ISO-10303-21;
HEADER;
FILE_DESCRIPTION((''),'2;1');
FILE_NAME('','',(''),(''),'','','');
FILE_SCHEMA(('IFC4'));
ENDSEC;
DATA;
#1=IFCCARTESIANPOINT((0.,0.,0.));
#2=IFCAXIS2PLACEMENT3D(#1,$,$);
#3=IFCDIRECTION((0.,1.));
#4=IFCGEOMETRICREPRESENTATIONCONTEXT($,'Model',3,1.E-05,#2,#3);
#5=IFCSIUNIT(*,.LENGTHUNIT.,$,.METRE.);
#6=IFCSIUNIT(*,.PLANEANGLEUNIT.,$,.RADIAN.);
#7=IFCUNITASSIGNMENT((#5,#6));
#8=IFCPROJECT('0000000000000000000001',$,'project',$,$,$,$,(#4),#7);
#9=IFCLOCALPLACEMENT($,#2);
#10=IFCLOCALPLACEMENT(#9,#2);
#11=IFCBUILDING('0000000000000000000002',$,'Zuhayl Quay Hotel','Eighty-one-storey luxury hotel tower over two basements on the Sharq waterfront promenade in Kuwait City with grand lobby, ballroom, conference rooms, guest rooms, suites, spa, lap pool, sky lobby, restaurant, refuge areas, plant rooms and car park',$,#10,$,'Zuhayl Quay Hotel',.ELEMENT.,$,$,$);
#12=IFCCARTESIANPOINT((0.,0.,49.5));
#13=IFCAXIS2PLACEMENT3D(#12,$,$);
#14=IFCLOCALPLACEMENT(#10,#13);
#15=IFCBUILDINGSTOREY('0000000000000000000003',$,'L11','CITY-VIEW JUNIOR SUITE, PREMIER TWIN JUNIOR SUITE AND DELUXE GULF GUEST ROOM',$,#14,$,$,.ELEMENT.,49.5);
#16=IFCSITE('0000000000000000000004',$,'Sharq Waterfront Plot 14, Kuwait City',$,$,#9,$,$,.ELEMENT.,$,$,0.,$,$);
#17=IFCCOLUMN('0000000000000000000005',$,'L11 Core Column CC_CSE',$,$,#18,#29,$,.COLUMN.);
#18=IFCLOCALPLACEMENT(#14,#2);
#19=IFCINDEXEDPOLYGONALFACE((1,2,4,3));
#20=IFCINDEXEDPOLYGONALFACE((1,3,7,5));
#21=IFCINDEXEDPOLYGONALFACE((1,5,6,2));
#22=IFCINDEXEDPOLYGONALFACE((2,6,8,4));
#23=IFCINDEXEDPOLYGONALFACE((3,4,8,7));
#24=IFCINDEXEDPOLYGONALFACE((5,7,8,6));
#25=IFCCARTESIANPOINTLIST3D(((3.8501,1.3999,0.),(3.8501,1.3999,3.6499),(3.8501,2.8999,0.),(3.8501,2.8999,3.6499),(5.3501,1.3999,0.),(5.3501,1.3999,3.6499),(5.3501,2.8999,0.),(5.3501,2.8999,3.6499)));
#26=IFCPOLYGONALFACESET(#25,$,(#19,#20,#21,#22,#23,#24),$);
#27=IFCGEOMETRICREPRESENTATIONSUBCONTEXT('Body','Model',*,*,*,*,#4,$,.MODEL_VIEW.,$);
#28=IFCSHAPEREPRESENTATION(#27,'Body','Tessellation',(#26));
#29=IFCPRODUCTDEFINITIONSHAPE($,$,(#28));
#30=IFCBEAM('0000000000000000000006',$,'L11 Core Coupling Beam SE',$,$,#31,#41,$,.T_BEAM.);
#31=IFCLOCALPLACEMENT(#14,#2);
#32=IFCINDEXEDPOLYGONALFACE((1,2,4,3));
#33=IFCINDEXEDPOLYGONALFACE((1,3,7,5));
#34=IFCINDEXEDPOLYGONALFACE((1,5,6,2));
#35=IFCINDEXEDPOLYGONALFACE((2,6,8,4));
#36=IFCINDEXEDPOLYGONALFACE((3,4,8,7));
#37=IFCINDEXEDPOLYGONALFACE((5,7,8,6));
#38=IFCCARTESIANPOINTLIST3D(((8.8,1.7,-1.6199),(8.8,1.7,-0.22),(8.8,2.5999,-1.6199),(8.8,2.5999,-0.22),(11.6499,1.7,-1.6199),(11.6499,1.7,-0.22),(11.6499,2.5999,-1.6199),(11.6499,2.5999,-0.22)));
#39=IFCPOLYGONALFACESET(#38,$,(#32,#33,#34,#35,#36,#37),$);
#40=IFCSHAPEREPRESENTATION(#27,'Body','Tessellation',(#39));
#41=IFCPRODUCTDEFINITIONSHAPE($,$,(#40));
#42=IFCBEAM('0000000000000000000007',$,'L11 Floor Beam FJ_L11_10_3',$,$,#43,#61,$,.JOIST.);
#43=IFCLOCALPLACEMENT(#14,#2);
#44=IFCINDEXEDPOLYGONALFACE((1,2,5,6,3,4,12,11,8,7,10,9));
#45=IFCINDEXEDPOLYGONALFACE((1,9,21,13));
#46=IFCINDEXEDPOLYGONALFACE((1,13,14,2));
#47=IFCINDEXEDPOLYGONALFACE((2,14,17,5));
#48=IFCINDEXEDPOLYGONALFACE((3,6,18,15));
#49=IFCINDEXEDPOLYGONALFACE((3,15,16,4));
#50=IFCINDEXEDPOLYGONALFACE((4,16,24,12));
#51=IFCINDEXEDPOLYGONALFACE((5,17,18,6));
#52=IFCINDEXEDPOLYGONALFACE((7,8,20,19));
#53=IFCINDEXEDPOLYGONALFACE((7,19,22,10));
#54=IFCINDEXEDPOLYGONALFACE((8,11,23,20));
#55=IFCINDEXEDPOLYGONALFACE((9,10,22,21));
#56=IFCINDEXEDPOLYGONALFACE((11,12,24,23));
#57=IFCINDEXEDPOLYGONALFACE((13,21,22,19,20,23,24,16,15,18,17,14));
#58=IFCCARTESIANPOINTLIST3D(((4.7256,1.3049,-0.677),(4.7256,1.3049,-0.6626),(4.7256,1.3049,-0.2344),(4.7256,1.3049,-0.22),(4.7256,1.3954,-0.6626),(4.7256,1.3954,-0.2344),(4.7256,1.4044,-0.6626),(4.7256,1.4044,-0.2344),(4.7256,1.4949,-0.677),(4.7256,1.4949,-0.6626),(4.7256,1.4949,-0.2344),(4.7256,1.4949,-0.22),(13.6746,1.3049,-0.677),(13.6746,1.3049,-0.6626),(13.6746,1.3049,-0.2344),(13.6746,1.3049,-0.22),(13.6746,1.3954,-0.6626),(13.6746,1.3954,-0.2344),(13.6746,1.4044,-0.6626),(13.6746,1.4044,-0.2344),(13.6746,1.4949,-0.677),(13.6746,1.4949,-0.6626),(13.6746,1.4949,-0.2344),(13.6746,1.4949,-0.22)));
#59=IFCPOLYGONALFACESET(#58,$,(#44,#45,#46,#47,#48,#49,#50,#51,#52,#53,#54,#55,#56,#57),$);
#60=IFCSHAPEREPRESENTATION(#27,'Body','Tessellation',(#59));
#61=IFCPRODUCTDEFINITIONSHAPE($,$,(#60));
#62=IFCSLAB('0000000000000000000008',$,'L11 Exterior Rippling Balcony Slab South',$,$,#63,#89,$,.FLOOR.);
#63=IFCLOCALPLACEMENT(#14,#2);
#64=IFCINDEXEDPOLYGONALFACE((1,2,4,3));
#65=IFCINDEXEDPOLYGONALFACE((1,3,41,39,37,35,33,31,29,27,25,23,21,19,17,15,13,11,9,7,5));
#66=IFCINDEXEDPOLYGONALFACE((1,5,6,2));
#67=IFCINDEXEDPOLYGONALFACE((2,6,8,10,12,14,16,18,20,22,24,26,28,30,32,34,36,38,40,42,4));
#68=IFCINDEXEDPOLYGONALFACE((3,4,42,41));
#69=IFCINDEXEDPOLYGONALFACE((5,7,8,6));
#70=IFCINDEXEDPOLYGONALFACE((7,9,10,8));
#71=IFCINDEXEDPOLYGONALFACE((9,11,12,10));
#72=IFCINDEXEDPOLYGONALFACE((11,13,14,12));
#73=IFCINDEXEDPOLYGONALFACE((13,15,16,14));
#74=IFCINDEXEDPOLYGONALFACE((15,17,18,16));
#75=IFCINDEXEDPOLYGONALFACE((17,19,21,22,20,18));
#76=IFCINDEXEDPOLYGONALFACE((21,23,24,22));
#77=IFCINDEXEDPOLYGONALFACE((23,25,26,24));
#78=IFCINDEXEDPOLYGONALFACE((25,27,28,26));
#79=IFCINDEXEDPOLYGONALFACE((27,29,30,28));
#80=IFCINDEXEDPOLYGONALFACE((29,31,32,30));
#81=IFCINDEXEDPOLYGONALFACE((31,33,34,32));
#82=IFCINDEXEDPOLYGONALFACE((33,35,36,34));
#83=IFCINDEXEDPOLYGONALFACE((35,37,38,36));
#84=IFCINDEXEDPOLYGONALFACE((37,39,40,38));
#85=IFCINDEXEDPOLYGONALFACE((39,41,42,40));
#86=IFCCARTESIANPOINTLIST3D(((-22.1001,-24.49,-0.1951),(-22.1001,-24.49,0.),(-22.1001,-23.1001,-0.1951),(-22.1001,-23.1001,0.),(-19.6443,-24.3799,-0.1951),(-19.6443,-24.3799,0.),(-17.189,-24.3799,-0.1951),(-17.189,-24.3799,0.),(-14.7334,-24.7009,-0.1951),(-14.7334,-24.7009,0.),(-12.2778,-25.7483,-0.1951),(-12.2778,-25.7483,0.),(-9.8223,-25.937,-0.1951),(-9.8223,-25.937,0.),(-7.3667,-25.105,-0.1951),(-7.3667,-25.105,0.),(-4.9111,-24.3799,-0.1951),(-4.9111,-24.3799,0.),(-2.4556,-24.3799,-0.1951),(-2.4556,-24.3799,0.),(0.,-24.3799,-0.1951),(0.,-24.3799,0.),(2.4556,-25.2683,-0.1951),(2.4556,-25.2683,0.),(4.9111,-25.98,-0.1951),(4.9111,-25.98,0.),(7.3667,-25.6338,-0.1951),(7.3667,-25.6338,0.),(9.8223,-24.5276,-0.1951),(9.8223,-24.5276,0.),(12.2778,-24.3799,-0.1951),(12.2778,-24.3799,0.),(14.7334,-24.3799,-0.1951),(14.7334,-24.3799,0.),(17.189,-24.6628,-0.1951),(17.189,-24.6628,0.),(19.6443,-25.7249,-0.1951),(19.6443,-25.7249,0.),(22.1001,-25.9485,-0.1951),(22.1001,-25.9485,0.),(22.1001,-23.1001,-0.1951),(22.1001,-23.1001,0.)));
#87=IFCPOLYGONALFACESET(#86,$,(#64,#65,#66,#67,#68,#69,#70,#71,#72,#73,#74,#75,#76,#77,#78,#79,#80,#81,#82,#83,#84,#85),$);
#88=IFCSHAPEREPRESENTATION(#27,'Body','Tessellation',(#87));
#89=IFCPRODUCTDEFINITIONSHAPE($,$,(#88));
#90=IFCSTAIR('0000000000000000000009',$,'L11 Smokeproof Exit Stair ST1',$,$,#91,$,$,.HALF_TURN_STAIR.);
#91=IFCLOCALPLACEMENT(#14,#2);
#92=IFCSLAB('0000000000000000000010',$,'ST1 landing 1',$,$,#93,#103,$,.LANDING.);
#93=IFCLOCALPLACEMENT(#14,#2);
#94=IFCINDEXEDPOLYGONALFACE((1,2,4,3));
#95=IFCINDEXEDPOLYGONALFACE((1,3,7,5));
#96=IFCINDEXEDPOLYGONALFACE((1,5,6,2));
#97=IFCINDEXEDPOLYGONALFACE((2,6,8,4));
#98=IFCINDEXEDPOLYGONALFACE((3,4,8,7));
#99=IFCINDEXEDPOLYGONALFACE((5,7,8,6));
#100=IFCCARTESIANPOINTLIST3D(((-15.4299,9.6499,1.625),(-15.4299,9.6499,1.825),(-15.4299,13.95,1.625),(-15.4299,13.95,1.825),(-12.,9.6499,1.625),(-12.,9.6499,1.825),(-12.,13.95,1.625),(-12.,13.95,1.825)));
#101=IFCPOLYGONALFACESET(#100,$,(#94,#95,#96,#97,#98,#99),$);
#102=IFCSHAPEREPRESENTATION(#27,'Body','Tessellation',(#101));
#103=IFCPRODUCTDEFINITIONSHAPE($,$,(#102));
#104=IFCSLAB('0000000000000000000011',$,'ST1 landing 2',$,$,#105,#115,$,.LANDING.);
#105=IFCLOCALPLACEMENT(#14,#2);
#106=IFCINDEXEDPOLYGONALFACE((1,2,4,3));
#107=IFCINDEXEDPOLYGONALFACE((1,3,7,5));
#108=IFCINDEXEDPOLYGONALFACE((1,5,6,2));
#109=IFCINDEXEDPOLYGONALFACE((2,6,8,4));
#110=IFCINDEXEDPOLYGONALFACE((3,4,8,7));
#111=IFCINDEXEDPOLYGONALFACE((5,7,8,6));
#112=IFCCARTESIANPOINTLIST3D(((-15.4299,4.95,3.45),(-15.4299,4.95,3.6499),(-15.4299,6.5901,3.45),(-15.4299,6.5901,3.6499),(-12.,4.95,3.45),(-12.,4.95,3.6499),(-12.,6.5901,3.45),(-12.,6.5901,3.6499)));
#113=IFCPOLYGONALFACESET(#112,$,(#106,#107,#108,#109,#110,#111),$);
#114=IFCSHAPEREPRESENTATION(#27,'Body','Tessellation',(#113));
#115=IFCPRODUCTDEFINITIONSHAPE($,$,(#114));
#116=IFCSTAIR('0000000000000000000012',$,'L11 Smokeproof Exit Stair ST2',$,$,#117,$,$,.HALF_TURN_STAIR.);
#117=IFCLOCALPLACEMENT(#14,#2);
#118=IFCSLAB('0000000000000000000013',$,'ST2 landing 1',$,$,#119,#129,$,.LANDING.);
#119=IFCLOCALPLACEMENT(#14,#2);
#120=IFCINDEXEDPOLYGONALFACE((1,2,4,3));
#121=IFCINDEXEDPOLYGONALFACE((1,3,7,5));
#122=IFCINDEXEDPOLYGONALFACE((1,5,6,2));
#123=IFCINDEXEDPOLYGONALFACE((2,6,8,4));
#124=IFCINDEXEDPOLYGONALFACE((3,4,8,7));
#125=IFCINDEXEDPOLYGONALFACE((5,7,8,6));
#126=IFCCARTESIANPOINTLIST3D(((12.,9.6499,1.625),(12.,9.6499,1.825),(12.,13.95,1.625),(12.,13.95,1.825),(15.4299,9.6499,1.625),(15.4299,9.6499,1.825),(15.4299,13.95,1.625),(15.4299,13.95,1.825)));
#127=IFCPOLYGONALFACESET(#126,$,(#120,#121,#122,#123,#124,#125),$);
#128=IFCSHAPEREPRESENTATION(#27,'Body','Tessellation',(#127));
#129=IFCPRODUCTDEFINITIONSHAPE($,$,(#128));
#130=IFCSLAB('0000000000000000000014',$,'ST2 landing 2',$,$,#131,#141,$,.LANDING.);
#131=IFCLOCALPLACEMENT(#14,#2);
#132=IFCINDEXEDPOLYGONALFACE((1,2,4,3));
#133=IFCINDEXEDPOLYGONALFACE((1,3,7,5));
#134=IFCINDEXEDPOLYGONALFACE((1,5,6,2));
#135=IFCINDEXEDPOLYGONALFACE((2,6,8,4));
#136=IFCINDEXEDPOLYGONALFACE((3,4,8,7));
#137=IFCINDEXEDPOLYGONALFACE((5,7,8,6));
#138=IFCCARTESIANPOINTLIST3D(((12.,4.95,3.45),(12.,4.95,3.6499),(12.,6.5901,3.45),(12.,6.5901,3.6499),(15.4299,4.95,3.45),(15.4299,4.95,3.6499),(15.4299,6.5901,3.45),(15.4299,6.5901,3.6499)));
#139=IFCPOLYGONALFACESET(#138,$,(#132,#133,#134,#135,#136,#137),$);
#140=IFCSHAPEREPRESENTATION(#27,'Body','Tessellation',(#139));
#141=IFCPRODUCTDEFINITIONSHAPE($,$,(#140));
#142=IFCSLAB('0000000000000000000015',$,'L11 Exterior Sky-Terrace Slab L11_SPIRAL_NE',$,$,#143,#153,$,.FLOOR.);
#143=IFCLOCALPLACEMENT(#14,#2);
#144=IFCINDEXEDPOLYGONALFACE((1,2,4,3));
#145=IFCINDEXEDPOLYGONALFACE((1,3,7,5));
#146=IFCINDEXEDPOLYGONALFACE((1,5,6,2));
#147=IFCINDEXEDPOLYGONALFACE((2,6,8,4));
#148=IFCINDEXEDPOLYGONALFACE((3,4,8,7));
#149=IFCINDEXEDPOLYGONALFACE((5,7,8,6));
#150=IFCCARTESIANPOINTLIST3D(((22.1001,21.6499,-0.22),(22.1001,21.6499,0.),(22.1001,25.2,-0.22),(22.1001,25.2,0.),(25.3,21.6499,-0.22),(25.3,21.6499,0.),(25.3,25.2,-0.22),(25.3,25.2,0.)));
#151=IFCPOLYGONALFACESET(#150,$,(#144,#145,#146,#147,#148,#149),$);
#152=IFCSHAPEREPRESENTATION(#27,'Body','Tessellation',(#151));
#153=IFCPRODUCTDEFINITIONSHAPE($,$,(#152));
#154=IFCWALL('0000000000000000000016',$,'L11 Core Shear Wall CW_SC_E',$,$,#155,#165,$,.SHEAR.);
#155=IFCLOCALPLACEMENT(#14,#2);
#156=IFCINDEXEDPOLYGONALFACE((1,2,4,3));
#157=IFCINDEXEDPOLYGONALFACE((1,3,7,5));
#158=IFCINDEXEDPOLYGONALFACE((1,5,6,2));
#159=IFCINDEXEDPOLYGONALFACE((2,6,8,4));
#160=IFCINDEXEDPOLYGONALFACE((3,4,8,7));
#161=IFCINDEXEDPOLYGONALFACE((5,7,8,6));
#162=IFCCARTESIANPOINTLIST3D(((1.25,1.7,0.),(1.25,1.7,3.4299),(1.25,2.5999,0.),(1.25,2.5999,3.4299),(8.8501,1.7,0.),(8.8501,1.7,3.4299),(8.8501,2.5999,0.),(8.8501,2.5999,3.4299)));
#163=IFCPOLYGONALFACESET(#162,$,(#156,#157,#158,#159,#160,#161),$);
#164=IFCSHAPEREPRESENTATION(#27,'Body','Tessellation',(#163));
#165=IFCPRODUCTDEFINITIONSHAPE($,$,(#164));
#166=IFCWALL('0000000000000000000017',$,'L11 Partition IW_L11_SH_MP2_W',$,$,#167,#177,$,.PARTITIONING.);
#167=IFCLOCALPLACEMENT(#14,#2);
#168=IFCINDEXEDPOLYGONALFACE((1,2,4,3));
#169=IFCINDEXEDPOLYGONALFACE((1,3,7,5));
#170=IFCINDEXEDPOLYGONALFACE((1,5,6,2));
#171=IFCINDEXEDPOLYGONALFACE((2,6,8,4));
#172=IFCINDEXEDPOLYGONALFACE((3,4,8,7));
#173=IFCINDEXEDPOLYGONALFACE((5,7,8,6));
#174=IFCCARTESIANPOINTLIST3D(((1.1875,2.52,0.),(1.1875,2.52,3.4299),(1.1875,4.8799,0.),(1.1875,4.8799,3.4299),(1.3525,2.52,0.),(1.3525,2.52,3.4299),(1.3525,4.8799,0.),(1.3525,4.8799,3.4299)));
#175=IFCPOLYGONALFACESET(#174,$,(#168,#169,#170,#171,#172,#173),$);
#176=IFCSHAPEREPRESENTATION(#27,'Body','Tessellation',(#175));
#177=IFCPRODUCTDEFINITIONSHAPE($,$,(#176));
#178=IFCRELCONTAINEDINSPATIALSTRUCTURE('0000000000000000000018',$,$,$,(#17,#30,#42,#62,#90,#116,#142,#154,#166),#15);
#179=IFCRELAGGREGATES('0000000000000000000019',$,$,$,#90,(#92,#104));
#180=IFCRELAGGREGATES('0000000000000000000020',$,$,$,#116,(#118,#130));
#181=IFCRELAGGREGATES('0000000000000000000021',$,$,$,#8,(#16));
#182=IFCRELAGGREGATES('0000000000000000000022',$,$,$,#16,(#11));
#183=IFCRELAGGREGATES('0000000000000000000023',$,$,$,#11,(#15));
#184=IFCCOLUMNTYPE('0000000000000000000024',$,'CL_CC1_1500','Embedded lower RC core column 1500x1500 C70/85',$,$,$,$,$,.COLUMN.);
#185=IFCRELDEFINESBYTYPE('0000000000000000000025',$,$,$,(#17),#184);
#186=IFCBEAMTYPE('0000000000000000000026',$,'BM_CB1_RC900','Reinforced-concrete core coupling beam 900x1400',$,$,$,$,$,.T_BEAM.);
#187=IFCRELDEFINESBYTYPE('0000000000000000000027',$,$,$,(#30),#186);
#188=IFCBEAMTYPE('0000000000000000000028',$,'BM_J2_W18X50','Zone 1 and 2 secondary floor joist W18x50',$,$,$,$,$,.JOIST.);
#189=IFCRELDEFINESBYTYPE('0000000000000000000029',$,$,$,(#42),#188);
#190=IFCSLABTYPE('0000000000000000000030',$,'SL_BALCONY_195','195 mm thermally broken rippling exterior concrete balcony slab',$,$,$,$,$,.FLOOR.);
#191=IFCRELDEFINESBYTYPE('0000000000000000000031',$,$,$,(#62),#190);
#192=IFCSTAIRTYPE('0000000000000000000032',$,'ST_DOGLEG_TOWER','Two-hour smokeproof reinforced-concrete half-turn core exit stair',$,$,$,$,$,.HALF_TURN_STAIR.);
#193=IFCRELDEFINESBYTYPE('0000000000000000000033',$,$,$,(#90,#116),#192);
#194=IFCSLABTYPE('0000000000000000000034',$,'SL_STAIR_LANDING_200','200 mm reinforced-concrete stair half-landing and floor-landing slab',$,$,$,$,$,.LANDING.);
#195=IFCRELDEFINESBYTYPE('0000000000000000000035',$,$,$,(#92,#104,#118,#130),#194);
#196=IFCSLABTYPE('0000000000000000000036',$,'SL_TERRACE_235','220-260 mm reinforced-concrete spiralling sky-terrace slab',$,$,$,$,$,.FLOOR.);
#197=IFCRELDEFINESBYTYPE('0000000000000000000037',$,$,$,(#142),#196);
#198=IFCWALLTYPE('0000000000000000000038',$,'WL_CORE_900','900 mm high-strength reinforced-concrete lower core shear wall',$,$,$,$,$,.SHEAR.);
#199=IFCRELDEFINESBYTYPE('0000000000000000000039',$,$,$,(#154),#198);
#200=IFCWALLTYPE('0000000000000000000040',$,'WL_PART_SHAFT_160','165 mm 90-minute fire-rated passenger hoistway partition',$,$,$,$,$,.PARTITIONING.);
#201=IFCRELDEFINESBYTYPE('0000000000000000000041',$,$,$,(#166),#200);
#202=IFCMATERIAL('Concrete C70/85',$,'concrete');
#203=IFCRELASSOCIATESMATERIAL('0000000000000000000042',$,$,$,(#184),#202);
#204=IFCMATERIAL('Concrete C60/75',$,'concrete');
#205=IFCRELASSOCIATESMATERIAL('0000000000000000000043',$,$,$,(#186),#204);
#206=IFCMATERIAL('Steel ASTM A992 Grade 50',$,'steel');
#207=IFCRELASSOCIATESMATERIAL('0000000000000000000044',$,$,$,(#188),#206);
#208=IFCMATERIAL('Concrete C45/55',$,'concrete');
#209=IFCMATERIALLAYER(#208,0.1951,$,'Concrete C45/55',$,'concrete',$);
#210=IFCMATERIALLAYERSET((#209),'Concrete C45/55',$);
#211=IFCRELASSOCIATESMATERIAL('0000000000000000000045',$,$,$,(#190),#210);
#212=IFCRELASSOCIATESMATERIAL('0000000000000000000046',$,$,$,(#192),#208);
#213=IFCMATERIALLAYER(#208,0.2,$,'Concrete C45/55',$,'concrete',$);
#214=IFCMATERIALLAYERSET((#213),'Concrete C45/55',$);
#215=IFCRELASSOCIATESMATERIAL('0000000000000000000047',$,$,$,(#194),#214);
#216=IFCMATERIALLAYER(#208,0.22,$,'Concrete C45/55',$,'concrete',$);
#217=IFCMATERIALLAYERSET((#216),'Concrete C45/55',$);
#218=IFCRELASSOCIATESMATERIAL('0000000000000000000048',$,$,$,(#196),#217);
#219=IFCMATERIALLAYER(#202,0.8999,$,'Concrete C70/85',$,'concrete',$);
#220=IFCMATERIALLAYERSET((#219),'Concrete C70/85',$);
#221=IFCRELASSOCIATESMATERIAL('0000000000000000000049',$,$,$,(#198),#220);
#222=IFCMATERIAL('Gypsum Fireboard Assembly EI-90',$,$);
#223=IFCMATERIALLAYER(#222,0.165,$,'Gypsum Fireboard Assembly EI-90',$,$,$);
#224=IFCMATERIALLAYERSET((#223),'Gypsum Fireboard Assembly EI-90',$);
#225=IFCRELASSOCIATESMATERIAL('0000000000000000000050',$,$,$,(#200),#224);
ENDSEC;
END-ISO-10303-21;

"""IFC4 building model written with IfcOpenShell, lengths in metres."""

from ifc_helpers import new_model, si_unit, direction, frame, frame_2d, origin, origin_2d, place, context, subcontext, project, spatial, polyline, rectangle, i_section, outline, extrude, material, layer, layer_set, material_profile, profile_set, type_object, element, aggregate, save


model = new_model("IFC4")

# Units and contexts
model_context = context("Model", 3, precision=1e-05, world=origin(), true_north=direction((0.0, 1.0)))
body_context = subcontext(model_context, "Body", "Model", "MODEL_VIEW")
ifc_project = project(units=[si_unit("LENGTHUNIT", "METRE"), si_unit("PLANEANGLEUNIT", "RADIAN")], contexts=[model_context])

# Site, building, storey
site_placement = place(None, origin())
site = spatial("IfcSite", under=ifc_project, at=site_placement, Name="Sharq Waterfront Plot 14, Kuwait City", CompositionType="ELEMENT", RefElevation=0.0)
building_placement = place(site_placement, origin())
building = spatial("IfcBuilding", under=site, at=building_placement, Name="Zuhayl Quay Hotel", Description="Eighty-one-storey luxury hotel tower over two basements on the Sharq waterfront promenade in Kuwait City with grand lobby, ballroom, conference rooms, guest rooms, suites, spa, lap pool, sky lobby, restaurant, refuge areas, plant rooms and car park", LongName="Zuhayl Quay Hotel", CompositionType="ELEMENT")
storey_placement = place(building_placement, frame((0.0, 0.0, 49.5)))
storey = spatial("IfcBuildingStorey", under=building, at=storey_placement, Name="L11", Description="CITY-VIEW JUNIOR SUITE, PREMIER TWIN JUNIOR SUITE AND DELUXE GULF GUEST ROOM", CompositionType="ELEMENT", Elevation=49.5)

# Column
ifc_material_1 = material(Name="Concrete C70/85", Category="concrete")
ifc_material_profile_1 = material_profile(ifc_material_1, rectangle(XDim=1.5, YDim=1.5, at=origin_2d()), Name="RC1500X1500")
ifc_profile_set_1 = profile_set([ifc_material_profile_1], Name="Concrete C70/85")
column_type = type_object("IfcColumnType", Name="CL_CC1_1500", Description="Embedded lower RC core column 1500x1500 C70/85", PredefinedType="COLUMN", material=ifc_profile_set_1)
column_placement = place(storey_placement, frame((4.6001, 2.1499, 0.0), z_axis=(0.0, 0.0, 1.0), x_axis=(1.0, 0.0, 0.0)))
element("IfcColumn", 1, at=column_placement, inside=storey, type_object=column_type, Name="L11 Core Column CC_CSE", PredefinedType="COLUMN", context=body_context, shape_type="SweptSolid", body=[
    extrude(rectangle(XDim=1.5, YDim=1.5, at=origin_2d()), origin(), (0.0, 0.0, 1.0), 3.6499),
])

# Beams
ifc_material_2 = material(Name="Concrete C60/75", Category="concrete")
ifc_material_profile_2 = material_profile(ifc_material_2, rectangle(XDim=0.8999, YDim=1.3999, at=origin_2d()), Name="RC900X1400")
ifc_profile_set_2 = profile_set([ifc_material_profile_2], Name="Concrete C60/75")
beam_type_1 = type_object("IfcBeamType", Name="BM_CB1_RC900", Description="Reinforced-concrete core coupling beam 900x1400", PredefinedType="T_BEAM", material=ifc_profile_set_2)
beam_1_placement = place(storey_placement, frame((8.8, 2.1499, -0.9199), z_axis=(1.0, 0.0, 0.0), x_axis=(0.0, 1.0, 0.0)))
element("IfcBeam", 2, at=beam_1_placement, inside=storey, type_object=beam_type_1, Name="L11 Core Coupling Beam SE", PredefinedType="T_BEAM", context=body_context, shape_type="SweptSolid", body=[
    extrude(rectangle(XDim=0.8999, YDim=1.3999, at=origin_2d()), origin(), (0.0, 0.0, 1.0), 2.8499),
])
ifc_material_3 = material(Name="Steel ASTM A992 Grade 50", Category="steel")
ifc_material_profile_3 = material_profile(ifc_material_3, i_section(OverallWidth=0.1899, OverallDepth=0.457, WebThickness=0.009, FlangeThickness=0.0144, at=origin_2d()), Name="W18X50")
ifc_profile_set_3 = profile_set([ifc_material_profile_3], Name="Steel ASTM A992 Grade 50")
beam_type_2 = type_object("IfcBeamType", Name="BM_J2_W18X50", Description="Zone 1 and 2 secondary floor joist W18x50", PredefinedType="JOIST", material=ifc_profile_set_3)
beam_2_placement = place(storey_placement, frame((4.7256, 1.3999, -0.4485), z_axis=(1.0, 0.0, 0.0), x_axis=(0.0, 1.0, 0.0)))
element("IfcBeam", 3, at=beam_2_placement, inside=storey, type_object=beam_type_2, Name="L11 Floor Beam FJ_L11_10_3", PredefinedType="JOIST", context=body_context, shape_type="SweptSolid", body=[
    extrude(i_section(OverallWidth=0.1899, OverallDepth=0.457, WebThickness=0.009, FlangeThickness=0.0144, at=origin_2d()), origin(), (0.0, 0.0, 1.0), 8.949),
])

# Slab
ifc_material_4 = material(Name="Concrete C45/55", Category="concrete")
ifc_layer_1 = layer(ifc_material_4, 0.1951, Name="Concrete C45/55", Category="concrete")
ifc_layer_set_1 = layer_set([ifc_layer_1], Name="Concrete C45/55")
slab_type_1 = type_object("IfcSlabType", Name="SL_BALCONY_195", Description="195 mm thermally broken rippling exterior concrete balcony slab", PredefinedType="FLOOR", material=ifc_layer_set_1)
slab_1_placement = place(storey_placement, frame((0.0, 0.0, -0.1951)))
element("IfcSlab", 4, at=slab_1_placement, inside=storey, type_object=slab_type_1, Name="L11 Exterior Rippling Balcony Slab South", PredefinedType="FLOOR", context=body_context, shape_type="SweptSolid", body=[
    extrude(outline(polyline([(-22.1001, -24.49), (-19.6443, -24.3799), (-17.189, -24.3799), (-14.7334, -24.7009), (-12.2778, -25.7483), (-9.8223, -25.937), (-7.3667, -25.105), (-4.9111, -24.3799), (-2.4556, -24.3799), (0.0, -24.3799), (2.4556, -25.2683), (4.9111, -25.98), (7.3667, -25.6338), (9.8223, -24.5276), (12.2778, -24.3799), (14.7334, -24.3799), (17.189, -24.6628), (19.6443, -25.7249), (22.1001, -25.9485), (22.1001, -23.1001), (-22.1001, -23.1001), (-22.1001, -24.49)])), origin(), (0.0, 0.0, 1.0), 0.1951),
])

# Stairs, slabs
stair_type = type_object("IfcStairType", Name="ST_DOGLEG_TOWER", Description="Two-hour smokeproof reinforced-concrete half-turn core exit stair", PredefinedType="HALF_TURN_STAIR", material=ifc_material_4)
stair_1_placement = place(storey_placement, origin())
stair_1 = element("IfcStair", 5, at=stair_1_placement, inside=storey, type_object=stair_type, Name="L11 Smokeproof Exit Stair ST1", PredefinedType="HALF_TURN_STAIR")
ifc_layer_2 = layer(ifc_material_4, 0.2, Name="Concrete C45/55", Category="concrete")
ifc_layer_set_2 = layer_set([ifc_layer_2], Name="Concrete C45/55")
slab_type_2 = type_object("IfcSlabType", Name="SL_STAIR_LANDING_200", Description="200 mm reinforced-concrete stair half-landing and floor-landing slab", PredefinedType="LANDING", material=ifc_layer_set_2)
slab_2_placement = place(storey_placement, frame((0.0, 0.0, 1.625)))
slab_2 = element("IfcSlab", 6, at=slab_2_placement, type_object=slab_type_2, Name="ST1 landing 1", PredefinedType="LANDING", context=body_context, shape_type="SweptSolid", body=[
    extrude(outline(polyline([(-12.0, 9.6499), (-12.0, 13.95), (-15.4299, 13.95), (-15.4299, 9.6499), (-12.0, 9.6499)])), origin(), (0.0, 0.0, 1.0), 0.2),
])
slab_3_placement = place(storey_placement, frame((0.0, 0.0, 3.45)))
slab_3 = element("IfcSlab", 7, at=slab_3_placement, type_object=slab_type_2, Name="ST1 landing 2", PredefinedType="LANDING", context=body_context, shape_type="SweptSolid", body=[
    extrude(outline(polyline([(-12.0, 4.95), (-12.0, 6.5901), (-15.4299, 6.5901), (-15.4299, 4.95), (-12.0, 4.95)])), origin(), (0.0, 0.0, 1.0), 0.2),
])
aggregate(stair_1, [slab_2, slab_3])
stair_2_placement = place(storey_placement, origin())
stair_2 = element("IfcStair", 8, at=stair_2_placement, inside=storey, type_object=stair_type, Name="L11 Smokeproof Exit Stair ST2", PredefinedType="HALF_TURN_STAIR")
slab_4_placement = place(storey_placement, frame((0.0, 0.0, 1.625)))
slab_4 = element("IfcSlab", 9, at=slab_4_placement, type_object=slab_type_2, Name="ST2 landing 1", PredefinedType="LANDING", context=body_context, shape_type="SweptSolid", body=[
    extrude(outline(polyline([(15.4299, 9.6499), (15.4299, 13.95), (12.0, 13.95), (12.0, 9.6499), (15.4299, 9.6499)])), origin(), (0.0, 0.0, 1.0), 0.2),
])
slab_5_placement = place(storey_placement, frame((0.0, 0.0, 3.45)))
slab_5 = element("IfcSlab", 10, at=slab_5_placement, type_object=slab_type_2, Name="ST2 landing 2", PredefinedType="LANDING", context=body_context, shape_type="SweptSolid", body=[
    extrude(outline(polyline([(15.4299, 4.95), (15.4299, 6.5901), (12.0, 6.5901), (12.0, 4.95), (15.4299, 4.95)])), origin(), (0.0, 0.0, 1.0), 0.2),
])
aggregate(stair_2, [slab_4, slab_5])

# Slab
ifc_layer_3 = layer(ifc_material_4, 0.22, Name="Concrete C45/55", Category="concrete")
ifc_layer_set_3 = layer_set([ifc_layer_3], Name="Concrete C45/55")
slab_type_3 = type_object("IfcSlabType", Name="SL_TERRACE_235", Description="220-260 mm reinforced-concrete spiralling sky-terrace slab", PredefinedType="FLOOR", material=ifc_layer_set_3)
slab_6_placement = place(storey_placement, frame((0.0, 0.0, -0.22)))
element("IfcSlab", 11, at=slab_6_placement, inside=storey, type_object=slab_type_3, Name="L11 Exterior Sky-Terrace Slab L11_SPIRAL_NE", PredefinedType="FLOOR", context=body_context, shape_type="SweptSolid", body=[
    extrude(outline(polyline([(22.1001, 21.6499), (25.3, 21.6499), (25.3, 25.2), (22.1001, 25.2), (22.1001, 21.6499)])), origin(), (0.0, 0.0, 1.0), 0.22),
])

# Walls
ifc_layer_4 = layer(ifc_material_1, 0.8999, Name="Concrete C70/85", Category="concrete")
ifc_layer_set_4 = layer_set([ifc_layer_4], Name="Concrete C70/85")
wall_type_1 = type_object("IfcWallType", Name="WL_CORE_900", Description="900 mm high-strength reinforced-concrete lower core shear wall", PredefinedType="SHEAR", material=ifc_layer_set_4)
wall_placement = place(storey_placement, frame((1.25, 2.1499, 0.0), z_axis=(0.0, 0.0, 1.0), x_axis=(1.0, 0.0, 0.0)))
element("IfcWall", 12, at=wall_placement, inside=storey, type_object=wall_type_1, Name="L11 Core Shear Wall CW_SC_E", PredefinedType="SHEAR", context=body_context, shape_type="SweptSolid", body=[
    extrude(rectangle(XDim=7.6001, YDim=0.8999, at=frame_2d((3.8, 0.0))), origin(), (0.0, 0.0, 1.0), 3.4299),
])
ifc_material_5 = material(Name="Gypsum Fireboard Assembly EI-90")
ifc_layer_5 = layer(ifc_material_5, 0.165, Name="Gypsum Fireboard Assembly EI-90")
ifc_layer_set_5 = layer_set([ifc_layer_5], Name="Gypsum Fireboard Assembly EI-90")
wall_type_2 = type_object("IfcWallType", Name="WL_PART_SHAFT_160", Description="165 mm 90-minute fire-rated passenger hoistway partition", PredefinedType="PARTITIONING", material=ifc_layer_set_5)
for number, where, z_axis, x_axis, name in (
    (13, (1.27, 2.52, 0.0), (0.0, 0.0, 1.0), (0.0, 1.0, 0.0), "L11 Partition IW_L11_SH_MP2_W"),
):
    element("IfcWall", number, at=place(storey_placement, frame(where, z_axis=z_axis, x_axis=x_axis)), inside=storey, type_object=wall_type_2, Name=name, PredefinedType="PARTITIONING", context=body_context, shape_type="SweptSolid", body=[
        extrude(rectangle(XDim=2.3599, YDim=0.165, at=frame_2d((1.1799, 0.0))), origin(), (0.0, 0.0, 1.0), 3.4299),
    ])

save(model, "model.ifc")
